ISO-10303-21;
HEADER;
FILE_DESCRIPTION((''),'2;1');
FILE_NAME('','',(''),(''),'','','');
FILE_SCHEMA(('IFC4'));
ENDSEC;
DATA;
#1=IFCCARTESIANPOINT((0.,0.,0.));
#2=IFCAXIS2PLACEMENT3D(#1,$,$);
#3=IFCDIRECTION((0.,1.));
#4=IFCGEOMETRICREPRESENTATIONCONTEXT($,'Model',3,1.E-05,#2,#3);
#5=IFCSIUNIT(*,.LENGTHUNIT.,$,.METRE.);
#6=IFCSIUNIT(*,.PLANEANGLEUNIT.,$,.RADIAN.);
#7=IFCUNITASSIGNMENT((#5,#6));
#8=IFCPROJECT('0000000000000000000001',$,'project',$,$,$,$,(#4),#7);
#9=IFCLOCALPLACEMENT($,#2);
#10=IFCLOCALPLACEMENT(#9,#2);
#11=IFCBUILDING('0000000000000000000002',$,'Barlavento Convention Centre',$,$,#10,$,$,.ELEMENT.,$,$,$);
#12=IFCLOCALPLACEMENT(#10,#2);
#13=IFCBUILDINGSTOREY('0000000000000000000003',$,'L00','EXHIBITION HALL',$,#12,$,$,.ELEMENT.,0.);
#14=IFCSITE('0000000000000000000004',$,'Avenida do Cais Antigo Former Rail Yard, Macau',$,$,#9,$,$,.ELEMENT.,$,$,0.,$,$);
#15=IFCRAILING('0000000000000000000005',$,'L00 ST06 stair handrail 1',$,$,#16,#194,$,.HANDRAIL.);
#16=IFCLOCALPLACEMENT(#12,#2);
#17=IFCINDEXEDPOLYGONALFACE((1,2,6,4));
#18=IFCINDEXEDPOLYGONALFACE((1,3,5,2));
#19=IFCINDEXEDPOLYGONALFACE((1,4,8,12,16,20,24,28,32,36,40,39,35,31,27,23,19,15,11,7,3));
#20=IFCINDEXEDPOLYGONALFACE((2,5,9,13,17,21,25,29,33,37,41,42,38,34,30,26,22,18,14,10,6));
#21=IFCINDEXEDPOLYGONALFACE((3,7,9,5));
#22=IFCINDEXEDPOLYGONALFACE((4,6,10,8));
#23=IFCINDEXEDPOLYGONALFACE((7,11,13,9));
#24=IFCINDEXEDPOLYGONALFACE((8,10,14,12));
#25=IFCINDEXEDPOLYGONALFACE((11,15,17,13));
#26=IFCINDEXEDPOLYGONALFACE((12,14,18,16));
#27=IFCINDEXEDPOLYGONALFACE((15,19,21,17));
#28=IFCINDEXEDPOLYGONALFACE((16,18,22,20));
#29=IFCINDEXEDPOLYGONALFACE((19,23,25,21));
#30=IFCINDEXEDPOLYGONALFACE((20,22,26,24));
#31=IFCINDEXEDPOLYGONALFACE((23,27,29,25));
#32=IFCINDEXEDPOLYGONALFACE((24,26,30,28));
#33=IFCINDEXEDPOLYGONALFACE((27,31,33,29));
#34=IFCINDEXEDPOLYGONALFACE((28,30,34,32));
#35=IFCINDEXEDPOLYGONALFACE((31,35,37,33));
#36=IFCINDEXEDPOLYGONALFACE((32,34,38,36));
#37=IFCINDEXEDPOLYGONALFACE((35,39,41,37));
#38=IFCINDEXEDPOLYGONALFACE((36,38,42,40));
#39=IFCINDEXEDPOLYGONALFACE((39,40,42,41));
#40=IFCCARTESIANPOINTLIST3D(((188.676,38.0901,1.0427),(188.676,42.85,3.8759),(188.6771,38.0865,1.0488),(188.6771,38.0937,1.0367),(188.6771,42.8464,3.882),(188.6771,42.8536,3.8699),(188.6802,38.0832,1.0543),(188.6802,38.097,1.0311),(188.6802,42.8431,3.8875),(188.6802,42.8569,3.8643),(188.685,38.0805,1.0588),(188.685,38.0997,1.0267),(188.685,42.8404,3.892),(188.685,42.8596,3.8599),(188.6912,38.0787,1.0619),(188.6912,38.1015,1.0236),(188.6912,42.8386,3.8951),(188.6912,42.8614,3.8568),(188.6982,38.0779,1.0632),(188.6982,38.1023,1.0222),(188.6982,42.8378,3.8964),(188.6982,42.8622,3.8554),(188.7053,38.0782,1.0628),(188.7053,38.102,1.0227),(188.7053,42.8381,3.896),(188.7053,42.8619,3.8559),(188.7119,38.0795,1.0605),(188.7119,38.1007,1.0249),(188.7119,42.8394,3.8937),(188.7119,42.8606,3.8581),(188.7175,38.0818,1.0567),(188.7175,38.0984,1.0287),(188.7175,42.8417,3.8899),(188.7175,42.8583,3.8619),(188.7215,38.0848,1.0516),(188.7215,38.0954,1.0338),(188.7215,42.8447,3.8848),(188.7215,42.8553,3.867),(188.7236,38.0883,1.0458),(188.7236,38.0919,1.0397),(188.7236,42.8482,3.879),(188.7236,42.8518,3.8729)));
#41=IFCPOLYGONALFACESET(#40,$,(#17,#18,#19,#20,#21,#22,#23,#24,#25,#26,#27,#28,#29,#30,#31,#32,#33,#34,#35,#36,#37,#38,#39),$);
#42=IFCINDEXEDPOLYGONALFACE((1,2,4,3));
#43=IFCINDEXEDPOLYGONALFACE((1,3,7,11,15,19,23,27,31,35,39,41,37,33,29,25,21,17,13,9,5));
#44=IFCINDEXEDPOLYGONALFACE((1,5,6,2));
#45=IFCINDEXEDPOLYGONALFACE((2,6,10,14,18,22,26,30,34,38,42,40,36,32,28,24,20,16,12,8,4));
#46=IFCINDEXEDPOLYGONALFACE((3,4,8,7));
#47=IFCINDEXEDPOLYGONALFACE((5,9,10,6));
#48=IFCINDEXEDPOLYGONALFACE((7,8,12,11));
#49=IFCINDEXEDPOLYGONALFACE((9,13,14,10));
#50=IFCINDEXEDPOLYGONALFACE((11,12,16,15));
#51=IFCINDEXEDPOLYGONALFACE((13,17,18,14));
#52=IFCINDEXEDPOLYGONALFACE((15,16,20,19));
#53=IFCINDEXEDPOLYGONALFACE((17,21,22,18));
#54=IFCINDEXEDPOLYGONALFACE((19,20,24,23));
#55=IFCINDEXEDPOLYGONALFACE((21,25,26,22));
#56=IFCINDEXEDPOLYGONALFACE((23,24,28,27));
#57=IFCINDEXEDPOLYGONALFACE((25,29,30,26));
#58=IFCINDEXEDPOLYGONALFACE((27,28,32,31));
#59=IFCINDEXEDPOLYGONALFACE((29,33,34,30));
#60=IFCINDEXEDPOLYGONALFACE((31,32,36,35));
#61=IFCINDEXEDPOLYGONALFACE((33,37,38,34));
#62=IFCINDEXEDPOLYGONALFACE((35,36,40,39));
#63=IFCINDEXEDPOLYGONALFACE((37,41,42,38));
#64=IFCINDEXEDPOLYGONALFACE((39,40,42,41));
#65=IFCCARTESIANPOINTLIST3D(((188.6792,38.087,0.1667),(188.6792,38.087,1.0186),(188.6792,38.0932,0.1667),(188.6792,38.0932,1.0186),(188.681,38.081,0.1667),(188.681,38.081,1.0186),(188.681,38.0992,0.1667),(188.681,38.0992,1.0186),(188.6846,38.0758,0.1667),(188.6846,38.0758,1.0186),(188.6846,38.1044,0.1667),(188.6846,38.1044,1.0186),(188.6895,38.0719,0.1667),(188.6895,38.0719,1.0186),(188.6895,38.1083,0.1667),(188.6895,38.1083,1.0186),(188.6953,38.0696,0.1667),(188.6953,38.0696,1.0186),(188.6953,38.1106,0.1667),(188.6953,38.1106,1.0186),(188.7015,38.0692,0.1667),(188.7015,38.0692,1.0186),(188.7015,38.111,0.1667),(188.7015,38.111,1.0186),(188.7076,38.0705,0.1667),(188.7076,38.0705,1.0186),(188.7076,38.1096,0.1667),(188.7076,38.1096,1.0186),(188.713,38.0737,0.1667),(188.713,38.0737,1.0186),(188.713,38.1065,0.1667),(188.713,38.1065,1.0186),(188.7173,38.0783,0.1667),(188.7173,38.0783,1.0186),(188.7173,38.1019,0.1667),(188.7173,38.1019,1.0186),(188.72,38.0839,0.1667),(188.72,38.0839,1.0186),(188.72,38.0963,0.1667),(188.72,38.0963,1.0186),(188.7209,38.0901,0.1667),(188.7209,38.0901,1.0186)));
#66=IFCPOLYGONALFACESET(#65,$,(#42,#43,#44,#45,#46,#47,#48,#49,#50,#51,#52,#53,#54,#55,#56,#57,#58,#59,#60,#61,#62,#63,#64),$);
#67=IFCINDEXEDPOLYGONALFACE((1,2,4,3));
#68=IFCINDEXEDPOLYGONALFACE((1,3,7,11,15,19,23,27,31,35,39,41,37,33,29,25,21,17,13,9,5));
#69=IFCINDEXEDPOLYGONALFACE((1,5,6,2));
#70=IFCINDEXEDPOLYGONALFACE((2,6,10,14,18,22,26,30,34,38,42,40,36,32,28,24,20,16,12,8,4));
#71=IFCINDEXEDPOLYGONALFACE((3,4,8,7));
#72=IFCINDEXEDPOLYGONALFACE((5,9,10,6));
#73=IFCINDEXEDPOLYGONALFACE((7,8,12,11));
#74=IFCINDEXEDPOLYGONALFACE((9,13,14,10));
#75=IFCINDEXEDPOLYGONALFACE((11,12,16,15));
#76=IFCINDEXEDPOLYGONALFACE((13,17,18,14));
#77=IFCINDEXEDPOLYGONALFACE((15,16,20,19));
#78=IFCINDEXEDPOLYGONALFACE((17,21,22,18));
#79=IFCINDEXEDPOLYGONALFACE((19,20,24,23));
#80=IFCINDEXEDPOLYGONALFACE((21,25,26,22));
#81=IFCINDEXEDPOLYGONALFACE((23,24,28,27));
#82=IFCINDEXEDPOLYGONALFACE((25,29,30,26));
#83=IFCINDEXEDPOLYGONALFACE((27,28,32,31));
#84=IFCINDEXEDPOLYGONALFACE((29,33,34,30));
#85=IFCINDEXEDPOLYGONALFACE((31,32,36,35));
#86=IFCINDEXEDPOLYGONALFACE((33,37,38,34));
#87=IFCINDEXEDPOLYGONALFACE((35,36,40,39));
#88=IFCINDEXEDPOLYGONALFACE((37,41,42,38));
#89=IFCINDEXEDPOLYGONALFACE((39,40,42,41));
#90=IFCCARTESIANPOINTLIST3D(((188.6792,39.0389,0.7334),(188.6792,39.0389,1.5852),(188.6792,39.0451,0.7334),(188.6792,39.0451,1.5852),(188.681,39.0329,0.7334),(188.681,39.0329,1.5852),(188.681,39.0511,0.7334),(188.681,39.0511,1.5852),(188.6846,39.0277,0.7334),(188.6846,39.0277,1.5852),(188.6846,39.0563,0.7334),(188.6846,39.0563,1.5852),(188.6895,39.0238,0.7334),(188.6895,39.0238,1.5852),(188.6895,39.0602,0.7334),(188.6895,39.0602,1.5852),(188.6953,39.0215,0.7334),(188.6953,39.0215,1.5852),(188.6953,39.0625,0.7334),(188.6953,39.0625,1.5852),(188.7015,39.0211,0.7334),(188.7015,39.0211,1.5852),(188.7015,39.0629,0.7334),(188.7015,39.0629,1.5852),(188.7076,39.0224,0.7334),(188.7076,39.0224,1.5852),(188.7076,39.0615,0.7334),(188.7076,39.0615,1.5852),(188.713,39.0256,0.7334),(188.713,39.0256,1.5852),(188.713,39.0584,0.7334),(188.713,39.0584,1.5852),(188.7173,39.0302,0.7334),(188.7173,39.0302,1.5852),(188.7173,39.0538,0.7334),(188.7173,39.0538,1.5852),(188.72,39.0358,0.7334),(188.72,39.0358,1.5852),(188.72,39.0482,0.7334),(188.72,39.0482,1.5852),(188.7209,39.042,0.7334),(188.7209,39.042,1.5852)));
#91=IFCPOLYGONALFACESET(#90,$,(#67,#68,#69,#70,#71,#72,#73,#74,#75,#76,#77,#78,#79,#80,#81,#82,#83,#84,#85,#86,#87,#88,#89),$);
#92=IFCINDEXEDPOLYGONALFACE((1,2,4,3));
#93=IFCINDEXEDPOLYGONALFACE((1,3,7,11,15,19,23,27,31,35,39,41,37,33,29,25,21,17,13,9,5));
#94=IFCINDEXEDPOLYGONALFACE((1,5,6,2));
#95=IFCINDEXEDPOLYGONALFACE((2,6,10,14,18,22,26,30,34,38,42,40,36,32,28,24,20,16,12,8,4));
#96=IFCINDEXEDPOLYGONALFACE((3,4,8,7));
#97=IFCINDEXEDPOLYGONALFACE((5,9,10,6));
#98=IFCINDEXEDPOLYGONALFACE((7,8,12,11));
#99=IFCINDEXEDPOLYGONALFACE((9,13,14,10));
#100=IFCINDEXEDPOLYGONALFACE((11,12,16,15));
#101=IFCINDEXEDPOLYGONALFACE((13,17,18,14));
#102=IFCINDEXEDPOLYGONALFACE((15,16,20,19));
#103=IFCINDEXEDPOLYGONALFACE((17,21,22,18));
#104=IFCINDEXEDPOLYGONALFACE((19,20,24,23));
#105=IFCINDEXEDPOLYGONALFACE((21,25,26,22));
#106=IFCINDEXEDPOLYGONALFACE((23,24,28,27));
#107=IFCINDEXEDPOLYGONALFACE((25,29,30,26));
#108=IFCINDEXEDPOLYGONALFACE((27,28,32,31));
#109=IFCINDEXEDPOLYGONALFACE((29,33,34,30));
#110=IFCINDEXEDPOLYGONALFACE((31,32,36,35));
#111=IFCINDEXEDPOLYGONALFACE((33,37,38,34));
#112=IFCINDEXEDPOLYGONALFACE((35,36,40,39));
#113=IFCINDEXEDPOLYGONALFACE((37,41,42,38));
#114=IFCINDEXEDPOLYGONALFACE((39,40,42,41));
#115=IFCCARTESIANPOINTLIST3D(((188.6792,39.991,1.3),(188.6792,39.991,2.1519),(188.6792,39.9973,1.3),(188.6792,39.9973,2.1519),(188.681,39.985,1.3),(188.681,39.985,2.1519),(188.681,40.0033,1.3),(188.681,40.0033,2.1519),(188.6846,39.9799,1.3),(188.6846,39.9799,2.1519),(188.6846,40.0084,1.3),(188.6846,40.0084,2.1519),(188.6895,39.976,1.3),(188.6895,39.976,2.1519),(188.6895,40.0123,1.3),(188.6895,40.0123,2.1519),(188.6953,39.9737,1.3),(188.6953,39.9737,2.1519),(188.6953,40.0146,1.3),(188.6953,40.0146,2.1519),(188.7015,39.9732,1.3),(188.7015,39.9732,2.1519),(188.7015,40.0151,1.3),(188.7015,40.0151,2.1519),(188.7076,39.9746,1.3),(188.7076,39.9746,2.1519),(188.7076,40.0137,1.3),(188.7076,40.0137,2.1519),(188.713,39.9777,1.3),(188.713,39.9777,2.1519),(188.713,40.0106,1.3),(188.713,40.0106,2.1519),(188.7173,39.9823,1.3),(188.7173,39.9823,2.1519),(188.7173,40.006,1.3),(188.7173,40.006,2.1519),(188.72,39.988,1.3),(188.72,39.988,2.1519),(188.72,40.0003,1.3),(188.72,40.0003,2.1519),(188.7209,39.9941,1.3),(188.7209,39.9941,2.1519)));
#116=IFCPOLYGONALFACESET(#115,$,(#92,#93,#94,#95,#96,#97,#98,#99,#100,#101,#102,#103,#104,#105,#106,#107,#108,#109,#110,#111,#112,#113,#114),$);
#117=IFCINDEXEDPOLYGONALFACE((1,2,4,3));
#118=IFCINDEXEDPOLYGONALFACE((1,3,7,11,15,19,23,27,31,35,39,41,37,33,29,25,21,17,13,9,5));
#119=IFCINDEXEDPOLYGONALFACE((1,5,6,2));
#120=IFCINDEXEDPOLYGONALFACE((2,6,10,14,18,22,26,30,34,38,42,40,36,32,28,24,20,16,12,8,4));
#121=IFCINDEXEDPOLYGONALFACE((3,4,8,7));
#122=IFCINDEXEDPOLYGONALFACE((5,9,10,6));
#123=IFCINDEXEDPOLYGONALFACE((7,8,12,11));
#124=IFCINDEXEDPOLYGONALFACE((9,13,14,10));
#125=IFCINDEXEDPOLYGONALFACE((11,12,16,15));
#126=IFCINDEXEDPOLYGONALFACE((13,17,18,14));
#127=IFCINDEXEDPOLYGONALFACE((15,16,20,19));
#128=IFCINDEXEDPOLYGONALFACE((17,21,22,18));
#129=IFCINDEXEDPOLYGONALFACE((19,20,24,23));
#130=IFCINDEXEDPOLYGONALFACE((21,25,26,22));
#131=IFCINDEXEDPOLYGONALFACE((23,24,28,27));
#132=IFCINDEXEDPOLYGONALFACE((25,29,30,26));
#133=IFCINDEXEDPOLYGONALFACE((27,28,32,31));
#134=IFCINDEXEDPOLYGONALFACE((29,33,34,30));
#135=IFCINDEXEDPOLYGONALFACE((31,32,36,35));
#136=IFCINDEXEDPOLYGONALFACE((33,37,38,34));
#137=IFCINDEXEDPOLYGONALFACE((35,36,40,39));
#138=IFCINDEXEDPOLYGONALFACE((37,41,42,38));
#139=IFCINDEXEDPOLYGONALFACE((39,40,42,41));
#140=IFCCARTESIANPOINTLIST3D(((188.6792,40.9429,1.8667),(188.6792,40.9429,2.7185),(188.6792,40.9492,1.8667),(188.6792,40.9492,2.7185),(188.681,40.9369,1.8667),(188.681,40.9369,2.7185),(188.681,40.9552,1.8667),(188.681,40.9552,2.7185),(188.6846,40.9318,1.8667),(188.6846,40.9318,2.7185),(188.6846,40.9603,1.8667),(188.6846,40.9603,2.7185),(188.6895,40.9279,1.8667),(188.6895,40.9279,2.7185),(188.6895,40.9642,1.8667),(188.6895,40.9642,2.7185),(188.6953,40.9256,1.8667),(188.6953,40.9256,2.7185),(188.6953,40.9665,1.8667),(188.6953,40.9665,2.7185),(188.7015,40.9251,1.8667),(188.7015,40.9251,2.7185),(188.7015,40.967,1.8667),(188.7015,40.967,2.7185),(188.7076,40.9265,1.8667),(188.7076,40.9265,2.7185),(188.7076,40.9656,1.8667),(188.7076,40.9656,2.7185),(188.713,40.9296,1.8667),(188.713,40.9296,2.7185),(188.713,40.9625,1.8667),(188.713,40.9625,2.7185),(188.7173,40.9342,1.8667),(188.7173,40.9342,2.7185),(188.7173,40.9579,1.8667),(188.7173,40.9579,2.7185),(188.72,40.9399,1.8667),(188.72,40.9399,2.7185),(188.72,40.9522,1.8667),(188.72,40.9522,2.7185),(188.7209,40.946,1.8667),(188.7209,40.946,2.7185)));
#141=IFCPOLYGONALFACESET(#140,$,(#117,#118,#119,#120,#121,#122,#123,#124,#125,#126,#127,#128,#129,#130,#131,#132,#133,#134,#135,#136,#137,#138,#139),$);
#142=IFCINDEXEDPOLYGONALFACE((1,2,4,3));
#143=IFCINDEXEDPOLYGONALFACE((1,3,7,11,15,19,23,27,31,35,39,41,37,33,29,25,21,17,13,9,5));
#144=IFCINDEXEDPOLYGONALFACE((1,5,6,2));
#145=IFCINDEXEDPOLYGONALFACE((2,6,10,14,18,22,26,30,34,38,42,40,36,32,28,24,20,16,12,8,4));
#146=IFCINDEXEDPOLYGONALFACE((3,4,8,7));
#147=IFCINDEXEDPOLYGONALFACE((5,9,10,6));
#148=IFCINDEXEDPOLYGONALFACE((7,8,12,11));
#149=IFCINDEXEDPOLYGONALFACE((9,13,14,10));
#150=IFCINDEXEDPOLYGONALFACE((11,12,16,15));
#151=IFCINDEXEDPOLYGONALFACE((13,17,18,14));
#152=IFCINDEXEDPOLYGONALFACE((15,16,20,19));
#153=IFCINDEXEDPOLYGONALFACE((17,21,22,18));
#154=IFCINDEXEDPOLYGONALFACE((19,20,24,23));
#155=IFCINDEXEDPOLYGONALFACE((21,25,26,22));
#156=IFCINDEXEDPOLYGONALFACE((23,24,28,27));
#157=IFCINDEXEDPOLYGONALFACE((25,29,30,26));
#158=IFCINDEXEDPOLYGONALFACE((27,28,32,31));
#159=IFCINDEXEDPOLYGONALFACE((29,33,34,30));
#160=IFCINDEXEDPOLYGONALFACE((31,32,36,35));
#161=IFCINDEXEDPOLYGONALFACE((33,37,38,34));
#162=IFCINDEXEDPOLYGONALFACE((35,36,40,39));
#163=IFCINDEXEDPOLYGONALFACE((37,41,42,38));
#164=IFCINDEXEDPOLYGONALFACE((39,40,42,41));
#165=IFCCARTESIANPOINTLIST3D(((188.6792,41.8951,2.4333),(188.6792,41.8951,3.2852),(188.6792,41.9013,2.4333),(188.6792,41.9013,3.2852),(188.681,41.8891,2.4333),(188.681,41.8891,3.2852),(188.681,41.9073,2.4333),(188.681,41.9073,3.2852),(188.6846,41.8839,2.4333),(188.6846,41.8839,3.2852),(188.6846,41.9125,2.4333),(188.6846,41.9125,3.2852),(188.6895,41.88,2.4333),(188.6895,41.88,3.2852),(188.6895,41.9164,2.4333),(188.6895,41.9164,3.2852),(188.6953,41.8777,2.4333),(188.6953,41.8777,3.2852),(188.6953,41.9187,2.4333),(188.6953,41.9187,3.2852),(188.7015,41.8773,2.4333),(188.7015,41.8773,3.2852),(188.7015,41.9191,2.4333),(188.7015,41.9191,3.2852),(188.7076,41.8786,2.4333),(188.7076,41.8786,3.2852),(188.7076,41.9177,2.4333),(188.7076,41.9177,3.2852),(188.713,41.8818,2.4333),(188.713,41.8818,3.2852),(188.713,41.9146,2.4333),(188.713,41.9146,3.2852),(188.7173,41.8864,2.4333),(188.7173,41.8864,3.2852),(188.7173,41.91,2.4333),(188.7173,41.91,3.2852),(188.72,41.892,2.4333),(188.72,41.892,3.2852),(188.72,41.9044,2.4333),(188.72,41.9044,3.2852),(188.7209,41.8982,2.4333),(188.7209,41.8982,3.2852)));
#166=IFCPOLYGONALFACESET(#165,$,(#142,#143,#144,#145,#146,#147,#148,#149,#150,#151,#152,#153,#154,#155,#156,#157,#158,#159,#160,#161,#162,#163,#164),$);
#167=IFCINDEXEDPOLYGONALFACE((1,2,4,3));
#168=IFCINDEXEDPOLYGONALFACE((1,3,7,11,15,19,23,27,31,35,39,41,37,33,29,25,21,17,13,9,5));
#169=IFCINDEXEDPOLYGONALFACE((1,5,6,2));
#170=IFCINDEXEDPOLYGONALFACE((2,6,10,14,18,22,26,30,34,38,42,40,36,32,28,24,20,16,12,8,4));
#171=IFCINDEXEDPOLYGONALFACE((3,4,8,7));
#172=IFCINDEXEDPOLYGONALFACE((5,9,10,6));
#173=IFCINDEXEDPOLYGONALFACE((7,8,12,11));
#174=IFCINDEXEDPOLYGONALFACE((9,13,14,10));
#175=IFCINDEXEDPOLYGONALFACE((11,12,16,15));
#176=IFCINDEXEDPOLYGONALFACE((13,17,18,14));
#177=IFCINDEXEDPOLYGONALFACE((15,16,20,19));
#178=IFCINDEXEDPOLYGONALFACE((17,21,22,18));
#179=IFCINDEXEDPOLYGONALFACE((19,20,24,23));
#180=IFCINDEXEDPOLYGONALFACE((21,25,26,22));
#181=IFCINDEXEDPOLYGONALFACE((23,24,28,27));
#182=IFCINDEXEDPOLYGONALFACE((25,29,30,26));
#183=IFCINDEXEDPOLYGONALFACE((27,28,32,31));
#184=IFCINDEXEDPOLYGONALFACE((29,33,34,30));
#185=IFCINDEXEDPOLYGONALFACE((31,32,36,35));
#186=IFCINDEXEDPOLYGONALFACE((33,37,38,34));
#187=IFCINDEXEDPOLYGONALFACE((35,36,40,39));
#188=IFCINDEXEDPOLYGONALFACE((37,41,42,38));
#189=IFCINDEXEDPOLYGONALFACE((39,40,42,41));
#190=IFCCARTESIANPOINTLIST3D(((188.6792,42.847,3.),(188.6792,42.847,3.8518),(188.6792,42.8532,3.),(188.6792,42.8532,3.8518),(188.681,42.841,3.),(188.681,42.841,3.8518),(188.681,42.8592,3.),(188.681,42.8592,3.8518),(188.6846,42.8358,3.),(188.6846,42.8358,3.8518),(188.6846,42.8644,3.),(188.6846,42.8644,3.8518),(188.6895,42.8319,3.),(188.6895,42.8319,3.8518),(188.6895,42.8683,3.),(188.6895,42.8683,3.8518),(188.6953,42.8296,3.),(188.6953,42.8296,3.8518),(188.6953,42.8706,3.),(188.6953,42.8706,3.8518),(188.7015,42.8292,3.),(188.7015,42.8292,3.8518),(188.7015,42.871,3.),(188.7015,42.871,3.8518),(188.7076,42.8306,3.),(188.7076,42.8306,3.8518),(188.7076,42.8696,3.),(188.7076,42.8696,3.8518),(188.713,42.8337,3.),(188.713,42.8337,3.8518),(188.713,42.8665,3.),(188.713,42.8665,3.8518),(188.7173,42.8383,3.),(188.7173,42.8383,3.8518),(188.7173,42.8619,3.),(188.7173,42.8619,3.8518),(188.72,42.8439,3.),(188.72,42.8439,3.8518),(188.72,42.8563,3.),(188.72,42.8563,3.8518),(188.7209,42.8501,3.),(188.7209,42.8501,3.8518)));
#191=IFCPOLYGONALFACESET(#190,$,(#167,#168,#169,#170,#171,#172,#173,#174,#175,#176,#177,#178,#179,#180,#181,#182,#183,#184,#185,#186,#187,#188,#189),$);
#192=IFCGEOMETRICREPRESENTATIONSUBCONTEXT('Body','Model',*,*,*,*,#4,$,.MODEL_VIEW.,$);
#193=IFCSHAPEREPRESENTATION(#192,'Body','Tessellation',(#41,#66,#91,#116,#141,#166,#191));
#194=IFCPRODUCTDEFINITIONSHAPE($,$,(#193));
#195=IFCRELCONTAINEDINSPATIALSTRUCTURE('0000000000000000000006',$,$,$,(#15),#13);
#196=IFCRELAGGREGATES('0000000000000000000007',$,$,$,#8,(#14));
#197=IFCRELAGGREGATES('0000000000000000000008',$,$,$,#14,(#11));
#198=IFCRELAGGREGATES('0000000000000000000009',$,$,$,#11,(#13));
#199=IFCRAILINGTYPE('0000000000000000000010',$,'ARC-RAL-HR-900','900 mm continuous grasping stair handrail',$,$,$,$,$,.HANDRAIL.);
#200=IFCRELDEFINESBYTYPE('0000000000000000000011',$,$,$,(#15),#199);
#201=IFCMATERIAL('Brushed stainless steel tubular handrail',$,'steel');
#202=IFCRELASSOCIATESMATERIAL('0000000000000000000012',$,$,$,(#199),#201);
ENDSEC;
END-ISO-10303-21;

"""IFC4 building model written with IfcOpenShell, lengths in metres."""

from ifc_helpers import new_model, si_unit, direction, frame, origin, origin_2d, place, context, subcontext, project, spatial, circle, extrude, material, type_object, element, save


model = new_model("IFC4")

# Units and contexts
model_context = context("Model", 3, precision=1e-05, world=origin(), true_north=direction((0.0, 1.0)))
body_context = subcontext(model_context, "Body", "Model", "MODEL_VIEW")
ifc_project = project(units=[si_unit("LENGTHUNIT", "METRE"), si_unit("PLANEANGLEUNIT", "RADIAN")], contexts=[model_context])

# Site, building, storey
site_placement = place(None, origin())
site = spatial("IfcSite", under=ifc_project, at=site_placement, Name="Avenida do Cais Antigo Former Rail Yard, Macau", CompositionType="ELEMENT", RefElevation=0.0)
building_placement = place(site_placement, origin())
building = spatial("IfcBuilding", under=site, at=building_placement, Name="Barlavento Convention Centre", CompositionType="ELEMENT")
storey_placement = place(building_placement, origin())
storey = spatial("IfcBuildingStorey", under=building, at=storey_placement, Name="L00", Description="EXHIBITION HALL", CompositionType="ELEMENT", Elevation=0.0)

# Railing
ifc_material_1 = material(Name="Brushed stainless steel tubular handrail", Category="steel")
railing_type_1 = type_object("IfcRailingType", Name="ARC-RAL-HR-900", Description="900 mm continuous grasping stair handrail", PredefinedType="HANDRAIL", material=ifc_material_1)
railing_1_placement = place(storey_placement, frame((188.7, 38.0901, 0.1667)))
element("IfcRailing", 1, at=railing_1_placement, inside=storey, type_object=railing_type_1, Name="L00 ST06 stair handrail 1", PredefinedType="HANDRAIL", context=body_context, shape_type="SweptSolid", body=[
    extrude(circle(Radius=0.0239, at=origin_2d()), frame((0.0, 0.0, 0.876), z_axis=(0.0, 0.8593, 0.511472), x_axis=(-1.0, 0.0, 0.0)), (0.0, 0.0, 1.0), 5.5393),
    extrude(circle(Radius=0.021, at=origin_2d()), origin(), (0.0, 0.0, 1.0), 0.8518),
    extrude(circle(Radius=0.021, at=origin_2d()), frame((0.0, 0.9519, 0.5667)), (0.0, 0.0, 1.0), 0.8518),
    extrude(circle(Radius=0.021, at=origin_2d()), frame((0.0, 1.9041, 1.1333)), (0.0, 0.0, 1.0), 0.8518),
    extrude(circle(Radius=0.021, at=origin_2d()), frame((0.0, 2.856, 1.7)), (0.0, 0.0, 1.0), 0.8518),
    extrude(circle(Radius=0.021, at=origin_2d()), frame((0.0, 3.8081, 2.2666)), (0.0, 0.0, 1.0), 0.8518),
    extrude(circle(Radius=0.021, at=origin_2d()), frame((0.0, 4.76, 2.8333)), (0.0, 0.0, 1.0), 0.8518),
])

save(model, "model.ifc")
